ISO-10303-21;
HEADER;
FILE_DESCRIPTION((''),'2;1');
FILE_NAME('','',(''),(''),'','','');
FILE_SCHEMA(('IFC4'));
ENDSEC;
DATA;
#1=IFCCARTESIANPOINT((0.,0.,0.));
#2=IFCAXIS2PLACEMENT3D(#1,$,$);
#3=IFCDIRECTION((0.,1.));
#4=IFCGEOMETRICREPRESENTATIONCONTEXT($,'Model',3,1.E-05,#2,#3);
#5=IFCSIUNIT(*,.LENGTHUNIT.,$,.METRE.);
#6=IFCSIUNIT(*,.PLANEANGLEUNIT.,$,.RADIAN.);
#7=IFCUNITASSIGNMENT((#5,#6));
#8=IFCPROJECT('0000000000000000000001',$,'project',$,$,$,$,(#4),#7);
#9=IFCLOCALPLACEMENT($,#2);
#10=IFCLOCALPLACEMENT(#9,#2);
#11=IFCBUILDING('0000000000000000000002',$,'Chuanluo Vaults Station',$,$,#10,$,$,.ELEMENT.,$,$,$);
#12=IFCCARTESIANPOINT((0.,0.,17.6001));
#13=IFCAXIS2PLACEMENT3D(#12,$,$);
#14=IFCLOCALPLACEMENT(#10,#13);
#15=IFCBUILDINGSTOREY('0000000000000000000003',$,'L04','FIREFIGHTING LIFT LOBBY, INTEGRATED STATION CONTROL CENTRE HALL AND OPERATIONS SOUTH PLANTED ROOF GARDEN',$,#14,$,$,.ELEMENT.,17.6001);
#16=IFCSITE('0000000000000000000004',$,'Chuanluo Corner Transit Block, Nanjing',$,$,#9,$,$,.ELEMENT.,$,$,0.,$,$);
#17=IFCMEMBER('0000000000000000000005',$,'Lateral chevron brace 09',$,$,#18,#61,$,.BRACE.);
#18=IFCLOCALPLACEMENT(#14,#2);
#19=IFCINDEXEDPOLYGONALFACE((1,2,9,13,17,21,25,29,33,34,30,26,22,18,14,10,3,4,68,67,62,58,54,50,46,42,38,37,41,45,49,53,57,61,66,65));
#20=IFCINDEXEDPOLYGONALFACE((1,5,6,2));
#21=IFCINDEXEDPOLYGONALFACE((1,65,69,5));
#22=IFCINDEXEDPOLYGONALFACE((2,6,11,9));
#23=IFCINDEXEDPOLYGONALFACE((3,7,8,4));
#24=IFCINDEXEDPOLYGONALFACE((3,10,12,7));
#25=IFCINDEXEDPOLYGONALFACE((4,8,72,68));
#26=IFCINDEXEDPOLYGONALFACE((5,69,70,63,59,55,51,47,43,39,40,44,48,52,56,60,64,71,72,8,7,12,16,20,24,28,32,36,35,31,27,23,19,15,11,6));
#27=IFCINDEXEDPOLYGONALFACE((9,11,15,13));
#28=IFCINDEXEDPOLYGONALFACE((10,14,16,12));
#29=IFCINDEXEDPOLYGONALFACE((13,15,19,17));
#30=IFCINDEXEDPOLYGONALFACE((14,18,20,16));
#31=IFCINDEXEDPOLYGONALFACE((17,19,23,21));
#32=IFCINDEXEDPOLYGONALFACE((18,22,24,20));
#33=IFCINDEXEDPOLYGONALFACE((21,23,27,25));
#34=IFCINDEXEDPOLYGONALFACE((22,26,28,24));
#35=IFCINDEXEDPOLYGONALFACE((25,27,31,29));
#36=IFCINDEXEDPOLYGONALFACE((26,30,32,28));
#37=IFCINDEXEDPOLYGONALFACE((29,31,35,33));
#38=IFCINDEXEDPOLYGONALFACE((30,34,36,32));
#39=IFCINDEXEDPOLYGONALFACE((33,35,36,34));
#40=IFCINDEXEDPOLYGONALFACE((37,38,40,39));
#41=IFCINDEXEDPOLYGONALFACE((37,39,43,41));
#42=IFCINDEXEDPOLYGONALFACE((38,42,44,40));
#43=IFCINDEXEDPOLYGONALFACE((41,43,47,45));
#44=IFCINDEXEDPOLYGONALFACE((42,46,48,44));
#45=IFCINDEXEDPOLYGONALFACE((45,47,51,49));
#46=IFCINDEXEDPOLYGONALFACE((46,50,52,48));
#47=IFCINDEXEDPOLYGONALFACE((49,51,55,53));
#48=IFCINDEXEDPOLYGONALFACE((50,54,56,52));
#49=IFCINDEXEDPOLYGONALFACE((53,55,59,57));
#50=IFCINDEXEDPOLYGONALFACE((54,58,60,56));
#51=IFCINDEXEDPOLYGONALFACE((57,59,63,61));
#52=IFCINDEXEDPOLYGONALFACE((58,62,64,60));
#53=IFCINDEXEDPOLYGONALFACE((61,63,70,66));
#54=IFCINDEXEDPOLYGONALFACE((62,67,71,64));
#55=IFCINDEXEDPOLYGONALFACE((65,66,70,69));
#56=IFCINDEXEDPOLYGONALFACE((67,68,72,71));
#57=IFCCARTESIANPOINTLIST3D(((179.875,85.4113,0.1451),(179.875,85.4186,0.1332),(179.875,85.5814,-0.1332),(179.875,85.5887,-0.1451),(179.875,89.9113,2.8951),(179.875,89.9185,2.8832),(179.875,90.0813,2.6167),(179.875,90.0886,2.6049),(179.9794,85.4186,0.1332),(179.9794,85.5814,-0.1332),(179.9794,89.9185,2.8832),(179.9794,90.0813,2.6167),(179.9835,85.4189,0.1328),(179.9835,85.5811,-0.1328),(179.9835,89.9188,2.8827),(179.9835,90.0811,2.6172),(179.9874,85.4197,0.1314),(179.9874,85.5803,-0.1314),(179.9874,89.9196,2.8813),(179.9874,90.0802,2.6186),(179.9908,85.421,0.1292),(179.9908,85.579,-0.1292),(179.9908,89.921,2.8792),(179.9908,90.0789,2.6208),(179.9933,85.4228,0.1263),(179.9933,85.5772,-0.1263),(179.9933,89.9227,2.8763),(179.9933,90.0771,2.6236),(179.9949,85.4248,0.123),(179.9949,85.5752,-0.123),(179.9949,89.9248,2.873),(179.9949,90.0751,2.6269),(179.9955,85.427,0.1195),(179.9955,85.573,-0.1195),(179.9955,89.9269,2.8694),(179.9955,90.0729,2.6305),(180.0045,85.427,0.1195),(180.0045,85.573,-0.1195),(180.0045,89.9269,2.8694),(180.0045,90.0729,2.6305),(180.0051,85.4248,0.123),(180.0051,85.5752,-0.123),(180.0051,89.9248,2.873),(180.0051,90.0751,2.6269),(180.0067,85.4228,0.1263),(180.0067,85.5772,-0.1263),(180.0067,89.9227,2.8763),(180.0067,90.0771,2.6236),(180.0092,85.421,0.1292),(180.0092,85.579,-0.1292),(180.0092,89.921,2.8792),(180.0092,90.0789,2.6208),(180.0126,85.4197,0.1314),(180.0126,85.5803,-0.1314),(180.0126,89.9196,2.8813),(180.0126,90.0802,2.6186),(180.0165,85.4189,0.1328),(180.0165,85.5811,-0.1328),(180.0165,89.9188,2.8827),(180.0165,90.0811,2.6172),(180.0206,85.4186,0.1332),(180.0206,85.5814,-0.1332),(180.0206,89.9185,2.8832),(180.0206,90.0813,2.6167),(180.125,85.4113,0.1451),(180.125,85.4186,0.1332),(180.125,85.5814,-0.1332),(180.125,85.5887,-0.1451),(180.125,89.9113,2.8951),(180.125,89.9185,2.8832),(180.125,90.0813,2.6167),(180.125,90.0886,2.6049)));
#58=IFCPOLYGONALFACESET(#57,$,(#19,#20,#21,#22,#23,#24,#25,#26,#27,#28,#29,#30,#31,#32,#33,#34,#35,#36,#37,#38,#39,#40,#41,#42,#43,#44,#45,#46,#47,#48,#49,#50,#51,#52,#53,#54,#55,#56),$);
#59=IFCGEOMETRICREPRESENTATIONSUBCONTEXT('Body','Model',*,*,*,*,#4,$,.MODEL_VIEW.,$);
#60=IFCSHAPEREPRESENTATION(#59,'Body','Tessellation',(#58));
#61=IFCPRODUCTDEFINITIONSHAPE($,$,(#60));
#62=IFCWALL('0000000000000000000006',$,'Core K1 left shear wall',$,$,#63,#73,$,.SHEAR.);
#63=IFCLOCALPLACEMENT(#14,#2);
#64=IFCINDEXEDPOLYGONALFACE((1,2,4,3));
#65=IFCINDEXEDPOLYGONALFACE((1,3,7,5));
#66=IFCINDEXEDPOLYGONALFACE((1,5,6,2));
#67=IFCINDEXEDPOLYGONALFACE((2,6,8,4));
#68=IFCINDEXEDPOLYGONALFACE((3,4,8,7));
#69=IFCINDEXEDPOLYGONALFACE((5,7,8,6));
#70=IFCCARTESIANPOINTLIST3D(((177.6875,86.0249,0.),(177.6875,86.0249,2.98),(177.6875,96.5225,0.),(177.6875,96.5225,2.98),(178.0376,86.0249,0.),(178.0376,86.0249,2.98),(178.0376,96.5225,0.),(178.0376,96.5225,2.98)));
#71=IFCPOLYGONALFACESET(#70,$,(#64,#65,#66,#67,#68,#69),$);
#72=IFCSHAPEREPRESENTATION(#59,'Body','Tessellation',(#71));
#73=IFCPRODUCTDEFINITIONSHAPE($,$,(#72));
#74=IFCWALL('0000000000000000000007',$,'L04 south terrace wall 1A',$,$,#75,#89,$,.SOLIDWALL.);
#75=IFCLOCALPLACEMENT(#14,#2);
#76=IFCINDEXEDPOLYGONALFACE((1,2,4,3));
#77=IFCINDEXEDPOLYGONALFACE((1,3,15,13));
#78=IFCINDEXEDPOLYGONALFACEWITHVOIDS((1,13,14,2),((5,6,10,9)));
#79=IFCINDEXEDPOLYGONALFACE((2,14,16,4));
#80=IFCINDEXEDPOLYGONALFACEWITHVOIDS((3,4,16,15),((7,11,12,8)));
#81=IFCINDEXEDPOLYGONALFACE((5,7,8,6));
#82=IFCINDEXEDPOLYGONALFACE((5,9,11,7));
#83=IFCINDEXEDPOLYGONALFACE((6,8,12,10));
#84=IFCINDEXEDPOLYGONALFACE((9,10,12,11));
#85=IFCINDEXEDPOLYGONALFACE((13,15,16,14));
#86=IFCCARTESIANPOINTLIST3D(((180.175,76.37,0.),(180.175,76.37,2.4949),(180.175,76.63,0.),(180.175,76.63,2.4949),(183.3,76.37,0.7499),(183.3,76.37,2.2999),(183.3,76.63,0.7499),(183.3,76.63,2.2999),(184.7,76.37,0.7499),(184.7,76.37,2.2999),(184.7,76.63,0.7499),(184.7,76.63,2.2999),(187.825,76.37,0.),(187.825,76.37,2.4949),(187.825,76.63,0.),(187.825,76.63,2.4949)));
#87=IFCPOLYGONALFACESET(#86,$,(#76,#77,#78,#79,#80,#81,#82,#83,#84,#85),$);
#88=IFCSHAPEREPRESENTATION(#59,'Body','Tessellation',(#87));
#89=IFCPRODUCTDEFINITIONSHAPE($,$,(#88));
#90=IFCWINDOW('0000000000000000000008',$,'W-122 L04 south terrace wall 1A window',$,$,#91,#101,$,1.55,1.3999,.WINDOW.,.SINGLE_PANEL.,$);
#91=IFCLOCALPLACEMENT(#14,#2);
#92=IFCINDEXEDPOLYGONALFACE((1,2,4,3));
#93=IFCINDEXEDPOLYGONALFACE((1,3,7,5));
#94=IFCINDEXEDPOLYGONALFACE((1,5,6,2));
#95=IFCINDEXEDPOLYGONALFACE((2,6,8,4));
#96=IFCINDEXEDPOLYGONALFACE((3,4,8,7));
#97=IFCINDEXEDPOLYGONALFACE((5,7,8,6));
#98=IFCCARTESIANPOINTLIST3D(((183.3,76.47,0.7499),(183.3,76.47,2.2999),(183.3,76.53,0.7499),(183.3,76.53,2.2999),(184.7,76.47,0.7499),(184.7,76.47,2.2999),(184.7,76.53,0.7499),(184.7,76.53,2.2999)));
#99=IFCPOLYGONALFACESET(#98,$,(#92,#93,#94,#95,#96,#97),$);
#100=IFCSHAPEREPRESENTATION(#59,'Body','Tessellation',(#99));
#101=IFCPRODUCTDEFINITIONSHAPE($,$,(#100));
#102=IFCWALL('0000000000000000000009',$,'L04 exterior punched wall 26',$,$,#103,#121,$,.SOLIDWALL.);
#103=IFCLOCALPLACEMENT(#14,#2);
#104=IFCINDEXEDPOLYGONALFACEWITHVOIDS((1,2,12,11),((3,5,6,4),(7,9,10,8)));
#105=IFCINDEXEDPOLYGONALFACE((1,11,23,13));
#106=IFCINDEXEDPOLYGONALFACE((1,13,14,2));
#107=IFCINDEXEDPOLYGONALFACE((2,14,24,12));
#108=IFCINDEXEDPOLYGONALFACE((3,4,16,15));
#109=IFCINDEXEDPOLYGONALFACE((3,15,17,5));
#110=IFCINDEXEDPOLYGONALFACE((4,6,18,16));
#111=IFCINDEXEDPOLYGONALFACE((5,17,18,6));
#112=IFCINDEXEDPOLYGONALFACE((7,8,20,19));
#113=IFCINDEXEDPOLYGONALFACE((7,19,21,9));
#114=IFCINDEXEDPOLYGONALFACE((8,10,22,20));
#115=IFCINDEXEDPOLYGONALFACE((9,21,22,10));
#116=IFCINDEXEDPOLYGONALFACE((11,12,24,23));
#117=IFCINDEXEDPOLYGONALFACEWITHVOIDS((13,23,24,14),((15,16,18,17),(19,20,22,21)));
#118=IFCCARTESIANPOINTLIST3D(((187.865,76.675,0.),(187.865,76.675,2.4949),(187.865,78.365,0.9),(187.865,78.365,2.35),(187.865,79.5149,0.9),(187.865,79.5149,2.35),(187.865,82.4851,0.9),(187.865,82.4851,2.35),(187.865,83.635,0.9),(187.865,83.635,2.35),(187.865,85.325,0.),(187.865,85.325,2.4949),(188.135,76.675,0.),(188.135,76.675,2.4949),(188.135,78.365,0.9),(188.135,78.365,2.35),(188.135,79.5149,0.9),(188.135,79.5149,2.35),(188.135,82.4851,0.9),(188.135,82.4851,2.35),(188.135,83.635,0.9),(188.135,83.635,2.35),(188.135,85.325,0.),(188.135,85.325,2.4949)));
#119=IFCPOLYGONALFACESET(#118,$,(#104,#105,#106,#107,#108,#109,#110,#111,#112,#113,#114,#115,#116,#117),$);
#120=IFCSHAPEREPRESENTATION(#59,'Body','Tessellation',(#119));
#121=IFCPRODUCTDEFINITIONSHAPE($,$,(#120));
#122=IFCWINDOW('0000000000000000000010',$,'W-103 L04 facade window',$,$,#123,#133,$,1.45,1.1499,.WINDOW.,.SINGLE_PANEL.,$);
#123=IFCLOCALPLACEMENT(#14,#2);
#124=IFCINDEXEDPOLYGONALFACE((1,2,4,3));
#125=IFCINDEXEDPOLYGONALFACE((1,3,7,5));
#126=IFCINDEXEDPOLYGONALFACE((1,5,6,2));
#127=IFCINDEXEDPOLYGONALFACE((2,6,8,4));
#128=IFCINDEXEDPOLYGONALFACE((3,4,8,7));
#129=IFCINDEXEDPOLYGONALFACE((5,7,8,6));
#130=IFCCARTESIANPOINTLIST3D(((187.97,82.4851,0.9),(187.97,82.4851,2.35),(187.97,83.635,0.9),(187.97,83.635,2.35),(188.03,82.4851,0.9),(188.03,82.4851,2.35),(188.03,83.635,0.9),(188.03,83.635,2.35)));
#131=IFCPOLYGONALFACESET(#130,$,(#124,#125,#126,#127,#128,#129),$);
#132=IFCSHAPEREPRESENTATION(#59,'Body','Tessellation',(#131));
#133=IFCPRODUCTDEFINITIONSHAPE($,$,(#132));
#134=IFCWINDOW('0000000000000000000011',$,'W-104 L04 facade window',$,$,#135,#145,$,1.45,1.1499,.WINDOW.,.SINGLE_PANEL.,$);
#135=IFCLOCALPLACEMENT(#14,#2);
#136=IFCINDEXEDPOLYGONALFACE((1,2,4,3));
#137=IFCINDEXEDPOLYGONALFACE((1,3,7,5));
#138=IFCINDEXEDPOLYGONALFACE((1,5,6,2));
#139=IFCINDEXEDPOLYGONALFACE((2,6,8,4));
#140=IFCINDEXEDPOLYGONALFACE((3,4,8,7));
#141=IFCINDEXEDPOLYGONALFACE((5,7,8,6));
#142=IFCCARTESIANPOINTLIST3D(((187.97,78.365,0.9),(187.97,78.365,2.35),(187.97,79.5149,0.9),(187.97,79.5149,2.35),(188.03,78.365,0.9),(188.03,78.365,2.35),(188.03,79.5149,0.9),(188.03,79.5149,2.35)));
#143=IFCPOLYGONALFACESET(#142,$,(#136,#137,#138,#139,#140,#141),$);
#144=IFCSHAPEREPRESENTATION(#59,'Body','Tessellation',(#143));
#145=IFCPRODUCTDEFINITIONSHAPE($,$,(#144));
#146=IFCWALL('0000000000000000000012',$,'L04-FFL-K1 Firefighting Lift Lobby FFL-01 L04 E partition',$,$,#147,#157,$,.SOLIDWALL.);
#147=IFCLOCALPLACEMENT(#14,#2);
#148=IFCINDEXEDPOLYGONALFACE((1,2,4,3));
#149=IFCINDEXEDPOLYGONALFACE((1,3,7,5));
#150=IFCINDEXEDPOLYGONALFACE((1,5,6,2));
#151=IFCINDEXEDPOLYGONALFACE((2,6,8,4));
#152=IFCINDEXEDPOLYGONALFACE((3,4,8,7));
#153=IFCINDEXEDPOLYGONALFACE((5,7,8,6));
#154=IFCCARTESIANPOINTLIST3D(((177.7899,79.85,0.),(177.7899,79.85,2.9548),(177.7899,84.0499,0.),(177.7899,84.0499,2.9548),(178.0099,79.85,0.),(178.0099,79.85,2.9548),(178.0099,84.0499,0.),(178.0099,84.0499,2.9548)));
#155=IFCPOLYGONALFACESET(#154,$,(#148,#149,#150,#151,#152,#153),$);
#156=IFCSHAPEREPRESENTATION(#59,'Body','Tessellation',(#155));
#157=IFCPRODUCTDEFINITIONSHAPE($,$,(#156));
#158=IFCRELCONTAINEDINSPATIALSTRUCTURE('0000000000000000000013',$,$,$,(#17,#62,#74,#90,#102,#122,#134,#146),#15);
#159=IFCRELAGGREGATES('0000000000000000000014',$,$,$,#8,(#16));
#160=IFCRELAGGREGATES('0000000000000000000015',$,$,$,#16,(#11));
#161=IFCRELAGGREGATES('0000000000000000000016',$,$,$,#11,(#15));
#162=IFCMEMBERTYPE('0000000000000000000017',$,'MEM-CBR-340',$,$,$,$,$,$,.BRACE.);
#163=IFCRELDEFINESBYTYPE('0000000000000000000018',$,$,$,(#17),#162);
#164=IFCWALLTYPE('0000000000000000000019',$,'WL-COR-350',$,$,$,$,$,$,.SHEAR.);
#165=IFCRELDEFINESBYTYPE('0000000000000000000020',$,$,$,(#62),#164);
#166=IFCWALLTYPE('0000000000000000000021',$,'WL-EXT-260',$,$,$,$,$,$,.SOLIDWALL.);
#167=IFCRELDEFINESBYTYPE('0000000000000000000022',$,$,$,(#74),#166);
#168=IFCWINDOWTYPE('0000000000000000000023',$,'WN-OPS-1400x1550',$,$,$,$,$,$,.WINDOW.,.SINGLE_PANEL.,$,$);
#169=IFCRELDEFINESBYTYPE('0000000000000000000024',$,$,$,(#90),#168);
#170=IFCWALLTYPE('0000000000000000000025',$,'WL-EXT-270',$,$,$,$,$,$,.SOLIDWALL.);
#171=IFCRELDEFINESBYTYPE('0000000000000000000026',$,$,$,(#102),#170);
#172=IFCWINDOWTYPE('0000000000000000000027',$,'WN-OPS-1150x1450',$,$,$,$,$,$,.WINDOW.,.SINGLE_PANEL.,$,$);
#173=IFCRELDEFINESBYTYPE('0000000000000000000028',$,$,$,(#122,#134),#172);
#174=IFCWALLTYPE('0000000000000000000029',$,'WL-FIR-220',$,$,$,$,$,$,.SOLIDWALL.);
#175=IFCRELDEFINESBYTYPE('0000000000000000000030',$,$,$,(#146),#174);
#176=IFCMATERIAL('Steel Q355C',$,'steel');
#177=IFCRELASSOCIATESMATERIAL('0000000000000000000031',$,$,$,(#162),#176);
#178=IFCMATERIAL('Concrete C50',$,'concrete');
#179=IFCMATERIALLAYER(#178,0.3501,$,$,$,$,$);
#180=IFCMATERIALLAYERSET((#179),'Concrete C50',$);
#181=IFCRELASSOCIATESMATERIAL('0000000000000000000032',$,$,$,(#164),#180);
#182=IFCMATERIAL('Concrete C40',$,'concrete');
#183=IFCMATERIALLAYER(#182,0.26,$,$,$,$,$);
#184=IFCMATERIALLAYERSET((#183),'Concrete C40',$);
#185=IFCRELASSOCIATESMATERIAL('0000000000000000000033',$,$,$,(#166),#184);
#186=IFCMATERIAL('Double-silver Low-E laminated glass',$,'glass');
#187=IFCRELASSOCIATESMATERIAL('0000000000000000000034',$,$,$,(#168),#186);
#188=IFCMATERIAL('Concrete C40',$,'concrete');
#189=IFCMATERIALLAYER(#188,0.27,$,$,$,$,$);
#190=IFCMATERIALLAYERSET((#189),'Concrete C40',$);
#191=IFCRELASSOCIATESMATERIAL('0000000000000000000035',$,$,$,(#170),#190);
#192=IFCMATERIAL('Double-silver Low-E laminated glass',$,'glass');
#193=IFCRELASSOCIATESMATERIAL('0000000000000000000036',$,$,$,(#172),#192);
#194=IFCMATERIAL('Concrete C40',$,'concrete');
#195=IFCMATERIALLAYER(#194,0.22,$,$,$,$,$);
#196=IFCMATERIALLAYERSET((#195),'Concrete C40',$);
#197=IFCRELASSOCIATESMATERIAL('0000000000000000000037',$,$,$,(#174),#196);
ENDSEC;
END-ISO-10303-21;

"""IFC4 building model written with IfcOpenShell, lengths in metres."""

from ifc_helpers import new_model, si_unit, direction, frame, frame_2d, origin, origin_2d, place, context, subcontext, project, spatial, rectangle, i_section, extrude, material, layer, layer_set, material_profile, profile_set, type_object, element, fill, save


model = new_model("IFC4")

# Units and contexts
model_context = context("Model", 3, precision=1e-05, world=origin(), true_north=direction((0.0, 1.0)))
body_context = subcontext(model_context, "Body", "Model", "MODEL_VIEW")
ifc_project = project(units=[si_unit("LENGTHUNIT", "METRE"), si_unit("PLANEANGLEUNIT", "RADIAN")], contexts=[model_context])

# Site, building, storey
site_placement = place(None, origin())
site = spatial("IfcSite", under=ifc_project, at=site_placement, Name="Chuanluo Corner Transit Block, Nanjing", CompositionType="ELEMENT", RefElevation=0.0)
building_placement = place(site_placement, origin())
building = spatial("IfcBuilding", under=site, at=building_placement, Name="Chuanluo Vaults Station", CompositionType="ELEMENT")
storey_placement = place(building_placement, frame((0.0, 0.0, 17.6001)))
storey = spatial("IfcBuildingStorey", under=building, at=storey_placement, Name="L04", Description="FIREFIGHTING LIFT LOBBY, INTEGRATED STATION CONTROL CENTRE HALL AND OPERATIONS SOUTH PLANTED ROOF GARDEN", CompositionType="ELEMENT", Elevation=17.6001)

# Member
ifc_material_1 = material(Name="Steel Q355C", Category="steel")
ifc_material_profile_1 = material_profile(ifc_material_1, i_section(OverallWidth=0.25, OverallDepth=0.3401, WebThickness=0.009, FlangeThickness=0.0139, FilletRadius=0.0161, at=origin_2d()))
ifc_profile_set_1 = profile_set([ifc_material_profile_1], Name="Steel Q355C")
member_type_1 = type_object("IfcMemberType", Name="MEM-CBR-340", PredefinedType="BRACE", material=ifc_profile_set_1)
member_1_placement = place(storey_placement, frame((180.0, 85.5, 0.0), z_axis=(0.0, 0.853282, 0.52145), x_axis=(-1.0, 0.0, 0.0)))
element("IfcMember", 1, at=member_1_placement, inside=storey, type_object=member_type_1, Name="Lateral chevron brace 09", PredefinedType="BRACE", context=body_context, shape_type="SweptSolid", body=[
    extrude(i_section(OverallWidth=0.25, OverallDepth=0.3401, WebThickness=0.009, FlangeThickness=0.0139, FilletRadius=0.0161, at=origin_2d()), origin(), (0.0, 0.0, 1.0), 5.2737),
])

# Wall
ifc_material_2 = material(Name="Concrete C50", Category="concrete")
ifc_layer_1 = layer(ifc_material_2, 0.3501)
ifc_layer_set_1 = layer_set([ifc_layer_1], Name="Concrete C50")
wall_type_1 = type_object("IfcWallType", Name="WL-COR-350", PredefinedType="SHEAR", material=ifc_layer_set_1)
wall_1_placement = place(storey_placement, frame((177.8625, 86.0249, 0.0), z_axis=(0.0, 0.0, 1.0), x_axis=(0.0, 1.0, 0.0)))
element("IfcWall", 2, at=wall_1_placement, inside=storey, type_object=wall_type_1, Name="Core K1 left shear wall", PredefinedType="SHEAR", context=body_context, shape_type="SweptSolid", body=[
    extrude(rectangle(XDim=10.4976, YDim=0.3501, at=frame_2d((5.2488, 0.0))), origin(), (0.0, 0.0, 1.0), 2.98),
])

# Wall, opening, window
ifc_material_3 = material(Name="Concrete C40", Category="concrete")
ifc_layer_2 = layer(ifc_material_3, 0.26)
ifc_layer_set_2 = layer_set([ifc_layer_2], Name="Concrete C40")
wall_type_2 = type_object("IfcWallType", Name="WL-EXT-260", PredefinedType="SOLIDWALL", material=ifc_layer_set_2)
wall_2_placement = place(storey_placement, frame((187.825, 76.5, 0.0), z_axis=(0.0, 0.0, 1.0), x_axis=(-1.0, 0.0, 0.0)))
wall_2 = element("IfcWall", 3, at=wall_2_placement, inside=storey, type_object=wall_type_2, Name="L04 south terrace wall 1A", PredefinedType="SOLIDWALL", context=body_context, shape_type="SweptSolid", body=[
    extrude(rectangle(XDim=7.6499, YDim=0.26, at=frame_2d((3.825, 0.0))), origin(), (0.0, 0.0, 1.0), 2.4949),
])
opening_1_placement = place(wall_2_placement, frame((3.125, 0.0, 0.75)))
opening_1 = element("IfcOpeningElement", 4, at=opening_1_placement, cuts=wall_2, PredefinedType="OPENING", context=body_context, shape_type="SweptSolid", body=[
    extrude(rectangle(XDim=1.3999, YDim=1.55, at=frame_2d((0.7, 0.7749))), frame((0.0, 0.1399, 0.0), z_axis=(0.0, -1.0, 0.0), x_axis=(1.0, 0.0, 0.0)), (0.0, 0.0, 1.0), 0.28),
])
ifc_material_4 = material(Name="Double-silver Low-E laminated glass", Category="glass")
window_type_1 = type_object("IfcWindowType", Name="WN-OPS-1400x1550", PartitioningType="SINGLE_PANEL", PredefinedType="WINDOW", material=ifc_material_4)
window_1_placement = place(opening_1_placement, origin())
window_1 = element("IfcWindow", 5, at=window_1_placement, inside=storey, type_object=window_type_1, Name="W-122 L04 south terrace wall 1A window", OverallHeight=1.55, OverallWidth=1.3999, PartitioningType="SINGLE_PANEL", PredefinedType="WINDOW", context=body_context, shape_type="SweptSolid", body=[
    extrude(rectangle(XDim=1.3999, YDim=1.55, at=frame_2d((0.7, 0.7749))), frame((0.0, 0.03, 0.0), z_axis=(0.0, -1.0, 0.0), x_axis=(1.0, 0.0, 0.0)), (0.0, 0.0, 1.0), 0.0601),
])
fill(opening_1, window_1)

# Wall, openings, windows
ifc_material_5 = material(Name="Concrete C40", Category="concrete")
ifc_layer_3 = layer(ifc_material_5, 0.27)
ifc_layer_set_3 = layer_set([ifc_layer_3], Name="Concrete C40")
wall_type_3 = type_object("IfcWallType", Name="WL-EXT-270", PredefinedType="SOLIDWALL", material=ifc_layer_set_3)
wall_3_placement = place(storey_placement, frame((188.0, 85.325, 0.0), z_axis=(0.0, 0.0, 1.0), x_axis=(0.0, -1.0, 0.0)))
wall_3 = element("IfcWall", 6, at=wall_3_placement, inside=storey, type_object=wall_type_3, Name="L04 exterior punched wall 26", PredefinedType="SOLIDWALL", context=body_context, shape_type="SweptSolid", body=[
    extrude(rectangle(XDim=8.6499, YDim=0.27, at=frame_2d((4.325, 0.0))), origin(), (0.0, 0.0, 1.0), 2.4949),
])
opening_2_placement = place(wall_3_placement, frame((1.6899, 0.0, 0.8999)))
opening_2 = element("IfcOpeningElement", 7, at=opening_2_placement, cuts=wall_3, PredefinedType="OPENING", context=body_context, shape_type="SweptSolid", body=[
    extrude(rectangle(XDim=1.1499, YDim=1.45, at=frame_2d((0.575, 0.7251))), frame((0.0, 0.145, 0.0), z_axis=(0.0, -1.0, 0.0), x_axis=(1.0, 0.0, 0.0)), (0.0, 0.0, 1.0), 0.29),
])
opening_3_placement = place(wall_3_placement, frame((5.8101, 0.0, 0.8999)))
opening_3 = element("IfcOpeningElement", 8, at=opening_3_placement, cuts=wall_3, PredefinedType="OPENING", context=body_context, shape_type="SweptSolid", body=[
    extrude(rectangle(XDim=1.1499, YDim=1.45, at=frame_2d((0.575, 0.7251))), frame((0.0, 0.145, 0.0), z_axis=(0.0, -1.0, 0.0), x_axis=(1.0, 0.0, 0.0)), (0.0, 0.0, 1.0), 0.29),
])
ifc_material_6 = material(Name="Double-silver Low-E laminated glass", Category="glass")
window_type_2 = type_object("IfcWindowType", Name="WN-OPS-1150x1450", PartitioningType="SINGLE_PANEL", PredefinedType="WINDOW", material=ifc_material_6)
window_2_placement = place(opening_2_placement, origin())
window_2 = element("IfcWindow", 9, at=window_2_placement, inside=storey, type_object=window_type_2, Name="W-103 L04 facade window", OverallHeight=1.45, OverallWidth=1.1499, PartitioningType="SINGLE_PANEL", PredefinedType="WINDOW", context=body_context, shape_type="SweptSolid", body=[
    extrude(rectangle(XDim=1.1499, YDim=1.45, at=frame_2d((0.575, 0.7251))), frame((0.0, 0.03, 0.0), z_axis=(0.0, -1.0, 0.0), x_axis=(1.0, 0.0, 0.0)), (0.0, 0.0, 1.0), 0.0601),
])
fill(opening_2, window_2)
window_3_placement = place(opening_3_placement, origin())
window_3 = element("IfcWindow", 10, at=window_3_placement, inside=storey, type_object=window_type_2, Name="W-104 L04 facade window", OverallHeight=1.45, OverallWidth=1.1499, PartitioningType="SINGLE_PANEL", PredefinedType="WINDOW", context=body_context, shape_type="SweptSolid", body=[
    extrude(rectangle(XDim=1.1499, YDim=1.45, at=frame_2d((0.575, 0.7251))), frame((0.0, 0.03, 0.0), z_axis=(0.0, -1.0, 0.0), x_axis=(1.0, 0.0, 0.0)), (0.0, 0.0, 1.0), 0.0601),
])
fill(opening_3, window_3)

# Wall
ifc_material_7 = material(Name="Concrete C40", Category="concrete")
ifc_layer_4 = layer(ifc_material_7, 0.22)
ifc_layer_set_4 = layer_set([ifc_layer_4], Name="Concrete C40")
wall_type_4 = type_object("IfcWallType", Name="WL-FIR-220", PredefinedType="SOLIDWALL", material=ifc_layer_set_4)
wall_4_placement = place(storey_placement, frame((177.8999, 84.05, 0.0), z_axis=(0.0, 0.0, 1.0), x_axis=(0.0, -1.0, 0.0)))
element("IfcWall", 11, at=wall_4_placement, inside=storey, type_object=wall_type_4, Name="L04-FFL-K1 Firefighting Lift Lobby FFL-01 L04 E partition", PredefinedType="SOLIDWALL", context=body_context, shape_type="SweptSolid", body=[
    extrude(rectangle(XDim=4.2, YDim=0.22, at=frame_2d((2.1001, 0.0))), origin(), (0.0, 0.0, 1.0), 2.9548),
])

save(model, "model.ifc")
